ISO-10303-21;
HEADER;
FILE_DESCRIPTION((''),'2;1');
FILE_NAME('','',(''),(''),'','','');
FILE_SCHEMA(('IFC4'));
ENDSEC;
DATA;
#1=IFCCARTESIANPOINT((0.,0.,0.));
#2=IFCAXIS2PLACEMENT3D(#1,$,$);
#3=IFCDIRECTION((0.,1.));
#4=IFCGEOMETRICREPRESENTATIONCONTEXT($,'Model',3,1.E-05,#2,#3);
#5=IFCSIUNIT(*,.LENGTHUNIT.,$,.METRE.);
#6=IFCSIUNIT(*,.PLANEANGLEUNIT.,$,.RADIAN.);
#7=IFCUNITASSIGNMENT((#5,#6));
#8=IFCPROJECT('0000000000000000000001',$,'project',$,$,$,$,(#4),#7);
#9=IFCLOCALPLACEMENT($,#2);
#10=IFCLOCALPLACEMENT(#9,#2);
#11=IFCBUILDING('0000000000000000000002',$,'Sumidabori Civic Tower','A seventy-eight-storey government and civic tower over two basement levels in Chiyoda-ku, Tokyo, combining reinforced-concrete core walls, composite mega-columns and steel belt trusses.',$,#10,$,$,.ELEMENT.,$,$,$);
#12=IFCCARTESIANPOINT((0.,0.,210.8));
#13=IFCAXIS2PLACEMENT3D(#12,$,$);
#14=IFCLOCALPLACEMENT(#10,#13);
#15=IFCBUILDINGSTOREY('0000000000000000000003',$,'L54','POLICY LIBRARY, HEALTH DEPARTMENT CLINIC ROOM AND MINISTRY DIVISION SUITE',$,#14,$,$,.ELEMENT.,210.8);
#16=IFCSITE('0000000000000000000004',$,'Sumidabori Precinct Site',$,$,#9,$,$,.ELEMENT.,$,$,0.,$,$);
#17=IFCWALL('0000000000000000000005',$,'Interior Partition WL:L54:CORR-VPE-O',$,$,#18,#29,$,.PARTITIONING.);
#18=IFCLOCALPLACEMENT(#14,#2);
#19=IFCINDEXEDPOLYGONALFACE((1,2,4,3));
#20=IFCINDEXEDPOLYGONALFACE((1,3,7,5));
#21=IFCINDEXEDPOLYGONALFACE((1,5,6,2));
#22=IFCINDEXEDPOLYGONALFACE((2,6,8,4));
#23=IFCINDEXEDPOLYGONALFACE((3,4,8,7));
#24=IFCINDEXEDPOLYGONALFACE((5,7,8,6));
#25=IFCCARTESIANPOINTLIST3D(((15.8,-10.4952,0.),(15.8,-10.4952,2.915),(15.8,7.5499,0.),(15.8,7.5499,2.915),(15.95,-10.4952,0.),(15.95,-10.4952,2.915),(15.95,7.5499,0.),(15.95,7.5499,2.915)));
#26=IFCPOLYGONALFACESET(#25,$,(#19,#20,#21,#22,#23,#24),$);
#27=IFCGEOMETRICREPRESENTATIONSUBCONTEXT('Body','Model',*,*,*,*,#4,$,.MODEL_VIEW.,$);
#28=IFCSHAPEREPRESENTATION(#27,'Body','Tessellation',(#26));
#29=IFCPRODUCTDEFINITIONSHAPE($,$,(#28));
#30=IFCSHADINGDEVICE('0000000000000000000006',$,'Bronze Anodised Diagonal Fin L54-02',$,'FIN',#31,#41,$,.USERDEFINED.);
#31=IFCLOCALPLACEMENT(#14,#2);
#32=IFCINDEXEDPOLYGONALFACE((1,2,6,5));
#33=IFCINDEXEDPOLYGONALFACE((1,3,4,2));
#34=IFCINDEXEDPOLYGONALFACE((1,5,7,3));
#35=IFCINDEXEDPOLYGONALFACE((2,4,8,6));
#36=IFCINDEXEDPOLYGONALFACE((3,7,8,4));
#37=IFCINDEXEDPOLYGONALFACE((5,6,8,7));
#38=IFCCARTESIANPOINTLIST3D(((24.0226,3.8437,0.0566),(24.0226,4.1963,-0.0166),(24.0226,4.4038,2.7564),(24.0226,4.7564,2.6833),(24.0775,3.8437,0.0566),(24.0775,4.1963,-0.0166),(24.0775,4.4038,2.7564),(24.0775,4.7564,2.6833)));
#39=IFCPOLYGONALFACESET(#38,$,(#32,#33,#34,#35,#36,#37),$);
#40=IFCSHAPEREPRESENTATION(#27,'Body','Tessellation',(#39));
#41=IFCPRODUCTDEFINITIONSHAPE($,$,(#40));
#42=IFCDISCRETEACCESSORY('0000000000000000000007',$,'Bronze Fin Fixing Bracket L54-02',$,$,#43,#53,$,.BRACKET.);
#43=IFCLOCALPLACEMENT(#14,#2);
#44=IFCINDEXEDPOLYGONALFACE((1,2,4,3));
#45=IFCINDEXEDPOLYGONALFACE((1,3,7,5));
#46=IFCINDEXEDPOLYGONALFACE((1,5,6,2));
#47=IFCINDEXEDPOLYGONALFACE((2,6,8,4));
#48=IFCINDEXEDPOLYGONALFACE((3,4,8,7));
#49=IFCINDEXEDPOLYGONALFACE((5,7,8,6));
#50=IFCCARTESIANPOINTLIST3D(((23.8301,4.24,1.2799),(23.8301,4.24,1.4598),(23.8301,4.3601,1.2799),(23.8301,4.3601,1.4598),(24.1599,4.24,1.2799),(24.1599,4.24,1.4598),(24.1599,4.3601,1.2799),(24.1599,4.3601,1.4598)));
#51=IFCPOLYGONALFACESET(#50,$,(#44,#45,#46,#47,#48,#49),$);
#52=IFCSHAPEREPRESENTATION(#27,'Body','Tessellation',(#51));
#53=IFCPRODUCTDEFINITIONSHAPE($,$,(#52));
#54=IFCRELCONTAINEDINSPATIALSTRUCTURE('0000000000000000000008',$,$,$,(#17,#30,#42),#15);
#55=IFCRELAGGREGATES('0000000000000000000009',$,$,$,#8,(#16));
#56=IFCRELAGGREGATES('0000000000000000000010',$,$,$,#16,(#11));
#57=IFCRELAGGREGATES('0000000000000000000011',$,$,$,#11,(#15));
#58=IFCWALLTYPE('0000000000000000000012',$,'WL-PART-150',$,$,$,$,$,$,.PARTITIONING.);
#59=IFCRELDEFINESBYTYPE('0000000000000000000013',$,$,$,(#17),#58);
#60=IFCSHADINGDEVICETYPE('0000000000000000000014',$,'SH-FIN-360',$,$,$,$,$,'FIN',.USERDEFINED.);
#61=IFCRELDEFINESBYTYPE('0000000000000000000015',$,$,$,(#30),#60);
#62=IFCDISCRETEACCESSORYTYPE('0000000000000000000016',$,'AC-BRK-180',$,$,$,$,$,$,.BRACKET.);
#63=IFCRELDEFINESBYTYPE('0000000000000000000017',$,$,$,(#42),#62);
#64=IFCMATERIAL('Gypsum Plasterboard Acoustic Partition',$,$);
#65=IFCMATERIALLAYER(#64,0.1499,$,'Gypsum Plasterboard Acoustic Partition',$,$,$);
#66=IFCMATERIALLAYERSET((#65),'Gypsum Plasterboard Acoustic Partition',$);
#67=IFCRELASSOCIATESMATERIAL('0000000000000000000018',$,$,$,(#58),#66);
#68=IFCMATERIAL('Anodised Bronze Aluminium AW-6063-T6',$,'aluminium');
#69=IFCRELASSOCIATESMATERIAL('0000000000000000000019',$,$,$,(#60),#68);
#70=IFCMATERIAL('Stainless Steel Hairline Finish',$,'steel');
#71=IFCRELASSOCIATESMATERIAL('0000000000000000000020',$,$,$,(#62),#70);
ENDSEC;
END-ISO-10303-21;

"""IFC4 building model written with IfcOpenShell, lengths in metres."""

from ifc_helpers import new_model, si_unit, direction, frame, frame_2d, origin, origin_2d, place, context, subcontext, project, spatial, rectangle, extrude, source, transform, mapped, material, layer, layer_set, material_profile, profile_set, type_object, element, save


model = new_model("IFC4")

# Units and contexts
model_context = context("Model", 3, precision=1e-05, world=origin(), true_north=direction((0.0, 1.0)))
body_context = subcontext(model_context, "Body", "Model", "MODEL_VIEW")
ifc_project = project(units=[si_unit("LENGTHUNIT", "METRE"), si_unit("PLANEANGLEUNIT", "RADIAN")], contexts=[model_context])

# Site, building, storey
site_placement = place(None, origin())
site = spatial("IfcSite", under=ifc_project, at=site_placement, Name="Sumidabori Precinct Site", CompositionType="ELEMENT", RefElevation=0.0)
building_placement = place(site_placement, origin())
building = spatial("IfcBuilding", under=site, at=building_placement, Name="Sumidabori Civic Tower", Description="A seventy-eight-storey government and civic tower over two basement levels in Chiyoda-ku, Tokyo, combining reinforced-concrete core walls, composite mega-columns and steel belt trusses.", CompositionType="ELEMENT")
storey_placement = place(building_placement, frame((0.0, 0.0, 210.8)))
storey = spatial("IfcBuildingStorey", under=building, at=storey_placement, Name="L54", Description="POLICY LIBRARY, HEALTH DEPARTMENT CLINIC ROOM AND MINISTRY DIVISION SUITE", CompositionType="ELEMENT", Elevation=210.8)

# Shared definitions
ifc_material_1 = material(Name="Anodised Bronze Aluminium AW-6063-T6", Category="aluminium")

# Wall
ifc_material_2 = material(Name="Gypsum Plasterboard Acoustic Partition")
ifc_layer_1 = layer(ifc_material_2, 0.1499, Name="Gypsum Plasterboard Acoustic Partition")
ifc_layer_set_1 = layer_set([ifc_layer_1], Name="Gypsum Plasterboard Acoustic Partition")
wall_type = type_object("IfcWallType", Name="WL-PART-150", PredefinedType="PARTITIONING", material=ifc_layer_set_1)
shared_shape_1 = source(origin(), body_context, "Body", "SweptSolid", [
    extrude(rectangle(XDim=18.0452, YDim=0.1499, at=frame_2d((9.0225, 0.0))), origin(), (0.0, 0.0, 1.0), 2.915),
])
for number, where, z_axis, x_axis, name in (
    (1, (15.875, -10.4951, 0.0), (0.0, 0.0, 1.0), (0.0, 1.0, 0.0), "Interior Partition WL:L54:CORR-VPE-O"),
):
    element("IfcWall", number, at=place(storey_placement, frame(where, z_axis=z_axis, x_axis=x_axis)), inside=storey, type_object=wall_type, Name=name, PredefinedType="PARTITIONING", context=body_context, shape_type="MappedRepresentation", body=[
        mapped(shared_shape_1, transform((0.0, 0.0, 0.0), x_axis=(1.0, 0.0, 0.0), y_axis=(0.0, 1.0, 0.0), z_axis=(0.0, 0.0, 1.0), scale=1.0)),
    ])

# Shading device
ifc_material_profile_1 = material_profile(ifc_material_1, rectangle(XDim=0.0549, YDim=0.3601, at=origin_2d()), Name="BRONZE FIN 360x55")
ifc_profile_set_1 = profile_set([ifc_material_profile_1], Name="Anodised Bronze Aluminium AW-6063-T6")
shading_device_type = type_object("IfcShadingDeviceType", Name="SH-FIN-360", ElementType="FIN", PredefinedType="USERDEFINED", material=ifc_profile_set_1)
shared_shape_2 = source(origin(), body_context, "Body", "SweptSolid", [
    extrude(rectangle(XDim=0.0549, YDim=0.3601, at=origin_2d()), origin(), (0.0, 0.0, 1.0), 2.7573),
])
shading_device_placement = place(storey_placement, frame((24.05, 4.02, 0.02), z_axis=(0.0, 0.203109, 0.979156), x_axis=(-1.0, 0.0, 0.0)))
element("IfcShadingDevice", 2, at=shading_device_placement, inside=storey, type_object=shading_device_type, Name="Bronze Anodised Diagonal Fin L54-02", ObjectType="FIN", PredefinedType="USERDEFINED", context=body_context, shape_type="MappedRepresentation", body=[
    mapped(shared_shape_2, transform((0.0, 0.0, 0.0), x_axis=(1.0, 0.0, 0.0), y_axis=(0.0, 1.0, 0.0), z_axis=(0.0, 0.0, 1.0), scale=1.0)),
])

# Discrete accessory
ifc_material_3 = material(Name="Stainless Steel Hairline Finish", Category="steel")
ifc_material_profile_2 = material_profile(ifc_material_3, rectangle(XDim=0.1201, YDim=0.1799, at=origin_2d()), Name="STEEL BRACKET 180x120")
ifc_profile_set_2 = profile_set([ifc_material_profile_2], Name="Stainless Steel Hairline Finish")
discrete_accessory_type = type_object("IfcDiscreteAccessoryType", Name="AC-BRK-180", PredefinedType="BRACKET", material=ifc_profile_set_2)
shared_shape_3 = source(origin(), body_context, "Body", "SweptSolid", [
    extrude(rectangle(XDim=0.1201, YDim=0.1799, at=origin_2d()), origin(), (0.0, 0.0, 1.0), 0.3298),
])
discrete_accessory_placement = place(storey_placement, frame((23.8301, 4.3, 1.3699), z_axis=(1.0, 0.0, 0.0), x_axis=(0.0, 1.0, 0.0)))
element("IfcDiscreteAccessory", 3, at=discrete_accessory_placement, inside=storey, type_object=discrete_accessory_type, Name="Bronze Fin Fixing Bracket L54-02", PredefinedType="BRACKET", context=body_context, shape_type="MappedRepresentation", body=[
    mapped(shared_shape_3, transform((0.0, 0.0, 0.0), x_axis=(1.0, 0.0, 0.0), y_axis=(0.0, 1.0, 0.0), z_axis=(0.0, 0.0, 1.0), scale=1.0)),
])

save(model, "model.ifc")
